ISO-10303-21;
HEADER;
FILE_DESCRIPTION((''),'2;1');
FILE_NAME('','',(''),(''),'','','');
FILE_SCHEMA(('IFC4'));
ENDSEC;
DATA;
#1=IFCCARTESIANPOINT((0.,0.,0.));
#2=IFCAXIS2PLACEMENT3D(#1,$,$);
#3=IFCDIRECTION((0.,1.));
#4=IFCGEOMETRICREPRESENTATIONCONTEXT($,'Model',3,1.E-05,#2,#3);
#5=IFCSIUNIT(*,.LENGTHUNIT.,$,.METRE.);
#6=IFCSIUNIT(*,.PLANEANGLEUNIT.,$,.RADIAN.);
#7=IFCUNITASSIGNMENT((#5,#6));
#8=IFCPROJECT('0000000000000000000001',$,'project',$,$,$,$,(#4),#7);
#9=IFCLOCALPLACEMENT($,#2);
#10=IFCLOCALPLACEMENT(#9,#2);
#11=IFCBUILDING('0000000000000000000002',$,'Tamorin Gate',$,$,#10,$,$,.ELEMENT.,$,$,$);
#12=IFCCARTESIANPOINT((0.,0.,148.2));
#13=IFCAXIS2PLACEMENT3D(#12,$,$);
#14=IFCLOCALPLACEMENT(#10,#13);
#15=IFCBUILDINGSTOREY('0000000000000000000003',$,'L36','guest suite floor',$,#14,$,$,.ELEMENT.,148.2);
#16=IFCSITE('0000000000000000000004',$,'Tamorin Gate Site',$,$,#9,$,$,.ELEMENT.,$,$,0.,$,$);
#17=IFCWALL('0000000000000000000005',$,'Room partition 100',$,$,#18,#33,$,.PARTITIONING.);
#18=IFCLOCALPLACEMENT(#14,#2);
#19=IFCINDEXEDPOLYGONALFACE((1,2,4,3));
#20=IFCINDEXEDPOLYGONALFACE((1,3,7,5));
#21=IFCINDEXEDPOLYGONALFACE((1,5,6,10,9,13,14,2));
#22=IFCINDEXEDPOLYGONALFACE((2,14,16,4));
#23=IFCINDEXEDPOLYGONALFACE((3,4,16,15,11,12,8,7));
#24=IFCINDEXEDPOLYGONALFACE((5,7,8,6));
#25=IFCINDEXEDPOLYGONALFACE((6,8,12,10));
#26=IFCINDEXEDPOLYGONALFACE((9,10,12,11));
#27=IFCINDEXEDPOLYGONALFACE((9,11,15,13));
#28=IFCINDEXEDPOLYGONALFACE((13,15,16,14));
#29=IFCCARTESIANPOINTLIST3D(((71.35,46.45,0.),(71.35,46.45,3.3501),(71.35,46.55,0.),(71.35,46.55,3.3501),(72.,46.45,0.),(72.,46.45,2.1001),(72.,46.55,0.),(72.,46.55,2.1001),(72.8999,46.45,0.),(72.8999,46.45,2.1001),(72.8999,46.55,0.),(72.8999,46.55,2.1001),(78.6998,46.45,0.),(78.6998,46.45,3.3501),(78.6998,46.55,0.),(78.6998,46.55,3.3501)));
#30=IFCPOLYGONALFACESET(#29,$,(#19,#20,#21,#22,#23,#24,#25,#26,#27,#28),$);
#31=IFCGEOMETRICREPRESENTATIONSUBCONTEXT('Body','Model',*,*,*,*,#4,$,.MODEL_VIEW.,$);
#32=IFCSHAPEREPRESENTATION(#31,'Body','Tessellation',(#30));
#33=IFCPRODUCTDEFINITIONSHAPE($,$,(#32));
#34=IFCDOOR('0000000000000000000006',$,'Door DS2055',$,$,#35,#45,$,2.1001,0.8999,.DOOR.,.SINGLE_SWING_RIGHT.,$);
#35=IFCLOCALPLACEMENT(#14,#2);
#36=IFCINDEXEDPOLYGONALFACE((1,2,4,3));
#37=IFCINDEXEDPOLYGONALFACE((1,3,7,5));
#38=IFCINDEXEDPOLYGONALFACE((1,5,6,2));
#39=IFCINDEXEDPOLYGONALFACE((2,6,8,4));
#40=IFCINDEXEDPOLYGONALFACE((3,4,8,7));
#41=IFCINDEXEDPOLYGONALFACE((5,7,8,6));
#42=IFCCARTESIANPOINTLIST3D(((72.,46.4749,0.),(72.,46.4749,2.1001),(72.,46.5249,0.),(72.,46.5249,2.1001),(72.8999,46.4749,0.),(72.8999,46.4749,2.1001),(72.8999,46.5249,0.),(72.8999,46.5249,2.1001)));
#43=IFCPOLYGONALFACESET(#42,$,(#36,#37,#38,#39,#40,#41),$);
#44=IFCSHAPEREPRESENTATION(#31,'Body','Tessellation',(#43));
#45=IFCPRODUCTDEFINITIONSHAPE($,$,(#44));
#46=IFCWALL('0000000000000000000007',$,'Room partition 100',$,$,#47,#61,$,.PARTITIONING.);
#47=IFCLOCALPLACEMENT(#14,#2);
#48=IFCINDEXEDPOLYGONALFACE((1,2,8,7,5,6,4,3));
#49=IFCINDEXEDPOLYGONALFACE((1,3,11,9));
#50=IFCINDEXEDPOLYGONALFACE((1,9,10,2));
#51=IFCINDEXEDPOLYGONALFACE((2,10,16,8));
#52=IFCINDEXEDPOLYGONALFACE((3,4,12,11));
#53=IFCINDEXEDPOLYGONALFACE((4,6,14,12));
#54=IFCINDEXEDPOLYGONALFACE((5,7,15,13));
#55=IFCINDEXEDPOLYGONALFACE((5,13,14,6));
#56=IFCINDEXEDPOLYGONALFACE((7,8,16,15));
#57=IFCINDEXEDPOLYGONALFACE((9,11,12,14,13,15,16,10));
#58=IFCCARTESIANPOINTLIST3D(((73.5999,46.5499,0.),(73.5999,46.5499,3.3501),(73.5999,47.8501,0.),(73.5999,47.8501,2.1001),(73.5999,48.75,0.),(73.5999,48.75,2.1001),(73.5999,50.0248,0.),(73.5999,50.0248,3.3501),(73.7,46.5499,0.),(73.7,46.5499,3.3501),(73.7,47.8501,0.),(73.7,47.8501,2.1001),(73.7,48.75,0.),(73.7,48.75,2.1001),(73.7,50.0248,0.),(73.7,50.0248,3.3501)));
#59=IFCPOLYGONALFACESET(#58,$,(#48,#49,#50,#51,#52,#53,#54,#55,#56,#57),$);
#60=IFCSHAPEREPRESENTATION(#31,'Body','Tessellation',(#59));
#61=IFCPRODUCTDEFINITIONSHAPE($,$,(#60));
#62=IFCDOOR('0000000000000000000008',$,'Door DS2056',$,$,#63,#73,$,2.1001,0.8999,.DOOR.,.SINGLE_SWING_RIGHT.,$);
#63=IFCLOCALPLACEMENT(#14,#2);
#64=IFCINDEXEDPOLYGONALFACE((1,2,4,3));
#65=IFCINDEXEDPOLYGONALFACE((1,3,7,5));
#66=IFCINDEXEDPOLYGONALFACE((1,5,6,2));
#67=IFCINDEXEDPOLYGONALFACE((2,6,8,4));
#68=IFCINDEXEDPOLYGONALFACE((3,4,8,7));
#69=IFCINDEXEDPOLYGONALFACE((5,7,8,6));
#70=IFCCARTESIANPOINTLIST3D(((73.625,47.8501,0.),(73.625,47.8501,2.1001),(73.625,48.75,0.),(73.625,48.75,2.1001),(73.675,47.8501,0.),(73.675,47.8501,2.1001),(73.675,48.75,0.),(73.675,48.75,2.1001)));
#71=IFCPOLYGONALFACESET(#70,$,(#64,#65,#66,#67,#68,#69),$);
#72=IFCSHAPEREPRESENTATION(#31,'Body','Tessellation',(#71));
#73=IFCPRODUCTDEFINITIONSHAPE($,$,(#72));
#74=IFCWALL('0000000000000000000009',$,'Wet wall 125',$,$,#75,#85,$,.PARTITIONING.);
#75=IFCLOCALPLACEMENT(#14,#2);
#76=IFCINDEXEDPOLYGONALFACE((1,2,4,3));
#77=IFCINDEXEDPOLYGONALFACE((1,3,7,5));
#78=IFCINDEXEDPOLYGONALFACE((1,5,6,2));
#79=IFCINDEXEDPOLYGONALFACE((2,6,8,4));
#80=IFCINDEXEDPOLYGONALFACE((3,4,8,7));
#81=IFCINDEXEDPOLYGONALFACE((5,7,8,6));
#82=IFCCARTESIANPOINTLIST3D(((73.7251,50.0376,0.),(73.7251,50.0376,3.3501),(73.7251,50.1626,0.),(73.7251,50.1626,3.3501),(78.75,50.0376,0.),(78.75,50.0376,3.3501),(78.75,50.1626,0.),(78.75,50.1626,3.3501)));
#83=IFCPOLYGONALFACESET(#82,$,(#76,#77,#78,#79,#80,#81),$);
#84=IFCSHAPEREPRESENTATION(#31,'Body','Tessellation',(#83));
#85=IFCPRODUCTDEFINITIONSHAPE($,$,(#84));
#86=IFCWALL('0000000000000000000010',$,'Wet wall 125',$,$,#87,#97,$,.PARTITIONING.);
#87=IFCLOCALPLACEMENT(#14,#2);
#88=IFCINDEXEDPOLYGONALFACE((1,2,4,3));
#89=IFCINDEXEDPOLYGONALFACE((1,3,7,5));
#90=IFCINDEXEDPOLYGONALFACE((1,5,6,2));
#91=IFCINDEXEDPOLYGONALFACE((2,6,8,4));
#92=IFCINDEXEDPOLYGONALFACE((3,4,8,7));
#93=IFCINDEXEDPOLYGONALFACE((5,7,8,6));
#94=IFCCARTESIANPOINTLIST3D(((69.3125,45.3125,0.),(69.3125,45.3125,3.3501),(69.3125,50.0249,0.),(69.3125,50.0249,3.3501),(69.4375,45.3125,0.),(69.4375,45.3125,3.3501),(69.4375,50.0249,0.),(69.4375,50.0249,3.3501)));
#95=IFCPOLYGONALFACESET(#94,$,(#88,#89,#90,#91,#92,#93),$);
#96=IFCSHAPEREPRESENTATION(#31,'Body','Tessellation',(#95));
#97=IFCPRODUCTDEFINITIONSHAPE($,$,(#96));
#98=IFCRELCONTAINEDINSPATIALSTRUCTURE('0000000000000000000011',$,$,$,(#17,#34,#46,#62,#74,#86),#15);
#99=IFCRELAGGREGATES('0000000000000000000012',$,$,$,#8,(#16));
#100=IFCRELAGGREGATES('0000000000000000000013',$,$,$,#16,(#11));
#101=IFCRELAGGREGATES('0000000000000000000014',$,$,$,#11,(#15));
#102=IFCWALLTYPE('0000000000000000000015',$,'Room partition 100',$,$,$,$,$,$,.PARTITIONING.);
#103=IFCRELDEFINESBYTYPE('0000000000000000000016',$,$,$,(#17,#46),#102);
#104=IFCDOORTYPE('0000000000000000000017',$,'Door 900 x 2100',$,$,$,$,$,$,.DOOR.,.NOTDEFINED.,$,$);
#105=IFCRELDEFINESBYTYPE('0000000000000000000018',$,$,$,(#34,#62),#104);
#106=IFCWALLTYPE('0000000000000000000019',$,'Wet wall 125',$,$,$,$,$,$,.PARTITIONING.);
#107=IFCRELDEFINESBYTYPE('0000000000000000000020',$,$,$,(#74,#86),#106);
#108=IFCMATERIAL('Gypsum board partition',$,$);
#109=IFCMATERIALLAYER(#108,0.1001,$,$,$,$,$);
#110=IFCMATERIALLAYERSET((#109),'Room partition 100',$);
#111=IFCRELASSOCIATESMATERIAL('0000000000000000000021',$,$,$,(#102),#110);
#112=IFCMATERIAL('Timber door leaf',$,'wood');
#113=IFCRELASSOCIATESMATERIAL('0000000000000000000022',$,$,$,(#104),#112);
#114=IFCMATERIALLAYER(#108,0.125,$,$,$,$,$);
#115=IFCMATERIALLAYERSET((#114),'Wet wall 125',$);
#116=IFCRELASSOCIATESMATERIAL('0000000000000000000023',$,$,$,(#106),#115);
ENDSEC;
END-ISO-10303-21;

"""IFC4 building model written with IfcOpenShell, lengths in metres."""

from ifc_helpers import new_model, si_unit, direction, frame, frame_2d, origin, place, context, subcontext, project, spatial, rectangle, extrude, material, layer, layer_set, type_object, element, fill, save


model = new_model("IFC4")

# Units and contexts
model_context = context("Model", 3, precision=1e-05, world=origin(), true_north=direction((0.0, 1.0)))
body_context = subcontext(model_context, "Body", "Model", "MODEL_VIEW")
ifc_project = project(units=[si_unit("LENGTHUNIT", "METRE"), si_unit("PLANEANGLEUNIT", "RADIAN")], contexts=[model_context])

# Site, building, storey
site_placement = place(None, origin())
site = spatial("IfcSite", under=ifc_project, at=site_placement, Name="Tamorin Gate Site", CompositionType="ELEMENT", RefElevation=0.0)
building_placement = place(site_placement, origin())
building = spatial("IfcBuilding", under=site, at=building_placement, Name="Tamorin Gate", CompositionType="ELEMENT")
storey_placement = place(building_placement, frame((0.0, 0.0, 148.2)))
storey = spatial("IfcBuildingStorey", under=building, at=storey_placement, Name="L36", Description="guest suite floor", CompositionType="ELEMENT", Elevation=148.2)

# Shared definitions
ifc_material_1 = material(Name="Gypsum board partition")

# Walls, openings, doors
ifc_layer_1 = layer(ifc_material_1, 0.1001)
ifc_layer_set_1 = layer_set([ifc_layer_1], Name="Room partition 100")
wall_type_1 = type_object("IfcWallType", Name="Room partition 100", PredefinedType="PARTITIONING", material=ifc_layer_set_1)
ifc_material_2 = material(Name="Timber door leaf", Category="wood")
door_type = type_object("IfcDoorType", Name="Door 900 x 2100", OperationType="NOTDEFINED", PredefinedType="DOOR", material=ifc_material_2)
wall_1_placement = place(storey_placement, frame((71.3501, 46.5, 0.0), z_axis=(0.0, 0.0, 1.0), x_axis=(1.0, 0.0, 0.0)))
wall_1 = element("IfcWall", 1, at=wall_1_placement, inside=storey, type_object=wall_type_1, Name="Room partition 100", PredefinedType="PARTITIONING", context=body_context, shape_type="SweptSolid", body=[
    extrude(rectangle(XDim=7.3499, YDim=0.1001, at=frame_2d((3.6748, 0.0))), origin(), (0.0, 0.0, 1.0), 3.3501),
])
opening_1_placement = place(wall_1_placement, frame((0.6499, 0.0, 0.0)))
opening_1 = element("IfcOpeningElement", 2, at=opening_1_placement, cuts=wall_1, PredefinedType="OPENING", context=body_context, shape_type="SweptSolid", body=[
    extrude(rectangle(XDim=0.8999, YDim=2.1001, at=frame_2d((0.45, 1.05))), frame((0.0, 0.0601, 0.0), z_axis=(0.0, -1.0, 0.0), x_axis=(1.0, 0.0, 0.0)), (0.0, 0.0, 1.0), 0.1201),
])
door_1_placement = place(opening_1_placement, origin())
door_1 = element("IfcDoor", 3, at=door_1_placement, inside=storey, type_object=door_type, Name="Door DS2055", OperationType="SINGLE_SWING_RIGHT", OverallHeight=2.1001, OverallWidth=0.8999, PredefinedType="DOOR", context=body_context, shape_type="SweptSolid", body=[
    extrude(rectangle(XDim=0.8999, YDim=2.1001, at=frame_2d((0.45, 1.05))), frame((0.0, 0.0249, 0.0), z_axis=(0.0, -1.0, 0.0), x_axis=(1.0, 0.0, 0.0)), (0.0, 0.0, 1.0), 0.05),
])
fill(opening_1, door_1)
wall_2_placement = place(storey_placement, frame((73.6499, 46.55, 0.0), z_axis=(0.0, 0.0, 1.0), x_axis=(0.0, 1.0, 0.0)))
wall_2 = element("IfcWall", 4, at=wall_2_placement, inside=storey, type_object=wall_type_1, Name="Room partition 100", PredefinedType="PARTITIONING", context=body_context, shape_type="SweptSolid", body=[
    extrude(rectangle(XDim=3.4749, YDim=0.1001, at=frame_2d((1.7373, 0.0))), origin(), (0.0, 0.0, 1.0), 3.3501),
])
opening_2_placement = place(wall_2_placement, frame((1.3, 0.0, 0.0)))
opening_2 = element("IfcOpeningElement", 5, at=opening_2_placement, cuts=wall_2, PredefinedType="OPENING", context=body_context, shape_type="SweptSolid", body=[
    extrude(rectangle(XDim=0.8999, YDim=2.1001, at=frame_2d((0.45, 1.05))), frame((0.0, 0.0601, 0.0), z_axis=(0.0, -1.0, 0.0), x_axis=(1.0, 0.0, 0.0)), (0.0, 0.0, 1.0), 0.1201),
])
door_2_placement = place(opening_2_placement, origin())
door_2 = element("IfcDoor", 6, at=door_2_placement, inside=storey, type_object=door_type, Name="Door DS2056", OperationType="SINGLE_SWING_RIGHT", OverallHeight=2.1001, OverallWidth=0.8999, PredefinedType="DOOR", context=body_context, shape_type="SweptSolid", body=[
    extrude(rectangle(XDim=0.8999, YDim=2.1001, at=frame_2d((0.45, 1.05))), frame((0.0, 0.0249, 0.0), z_axis=(0.0, -1.0, 0.0), x_axis=(1.0, 0.0, 0.0)), (0.0, 0.0, 1.0), 0.05),
])
fill(opening_2, door_2)

# Walls
ifc_layer_2 = layer(ifc_material_1, 0.125)
ifc_layer_set_2 = layer_set([ifc_layer_2], Name="Wet wall 125")
wall_type_2 = type_object("IfcWallType", Name="Wet wall 125", PredefinedType="PARTITIONING", material=ifc_layer_set_2)
wall_3_placement = place(storey_placement, frame((73.7251, 50.1001, 0.0), z_axis=(0.0, 0.0, 1.0), x_axis=(1.0, 0.0, 0.0)))
element("IfcWall", 7, at=wall_3_placement, inside=storey, type_object=wall_type_2, Name="Wet wall 125", PredefinedType="PARTITIONING", context=body_context, shape_type="SweptSolid", body=[
    extrude(rectangle(XDim=5.0249, YDim=0.125, at=frame_2d((2.5125, 0.0))), origin(), (0.0, 0.0, 1.0), 3.3501),
])
wall_4_placement = place(storey_placement, frame((69.375, 45.3125, 0.0), z_axis=(0.0, 0.0, 1.0), x_axis=(0.0, 1.0, 0.0)))
element("IfcWall", 8, at=wall_4_placement, inside=storey, type_object=wall_type_2, Name="Wet wall 125", PredefinedType="PARTITIONING", context=body_context, shape_type="SweptSolid", body=[
    extrude(rectangle(XDim=4.7124, YDim=0.125, at=frame_2d((2.3562, 0.0))), origin(), (0.0, 0.0, 1.0), 3.3501),
])

save(model, "model.ifc")
